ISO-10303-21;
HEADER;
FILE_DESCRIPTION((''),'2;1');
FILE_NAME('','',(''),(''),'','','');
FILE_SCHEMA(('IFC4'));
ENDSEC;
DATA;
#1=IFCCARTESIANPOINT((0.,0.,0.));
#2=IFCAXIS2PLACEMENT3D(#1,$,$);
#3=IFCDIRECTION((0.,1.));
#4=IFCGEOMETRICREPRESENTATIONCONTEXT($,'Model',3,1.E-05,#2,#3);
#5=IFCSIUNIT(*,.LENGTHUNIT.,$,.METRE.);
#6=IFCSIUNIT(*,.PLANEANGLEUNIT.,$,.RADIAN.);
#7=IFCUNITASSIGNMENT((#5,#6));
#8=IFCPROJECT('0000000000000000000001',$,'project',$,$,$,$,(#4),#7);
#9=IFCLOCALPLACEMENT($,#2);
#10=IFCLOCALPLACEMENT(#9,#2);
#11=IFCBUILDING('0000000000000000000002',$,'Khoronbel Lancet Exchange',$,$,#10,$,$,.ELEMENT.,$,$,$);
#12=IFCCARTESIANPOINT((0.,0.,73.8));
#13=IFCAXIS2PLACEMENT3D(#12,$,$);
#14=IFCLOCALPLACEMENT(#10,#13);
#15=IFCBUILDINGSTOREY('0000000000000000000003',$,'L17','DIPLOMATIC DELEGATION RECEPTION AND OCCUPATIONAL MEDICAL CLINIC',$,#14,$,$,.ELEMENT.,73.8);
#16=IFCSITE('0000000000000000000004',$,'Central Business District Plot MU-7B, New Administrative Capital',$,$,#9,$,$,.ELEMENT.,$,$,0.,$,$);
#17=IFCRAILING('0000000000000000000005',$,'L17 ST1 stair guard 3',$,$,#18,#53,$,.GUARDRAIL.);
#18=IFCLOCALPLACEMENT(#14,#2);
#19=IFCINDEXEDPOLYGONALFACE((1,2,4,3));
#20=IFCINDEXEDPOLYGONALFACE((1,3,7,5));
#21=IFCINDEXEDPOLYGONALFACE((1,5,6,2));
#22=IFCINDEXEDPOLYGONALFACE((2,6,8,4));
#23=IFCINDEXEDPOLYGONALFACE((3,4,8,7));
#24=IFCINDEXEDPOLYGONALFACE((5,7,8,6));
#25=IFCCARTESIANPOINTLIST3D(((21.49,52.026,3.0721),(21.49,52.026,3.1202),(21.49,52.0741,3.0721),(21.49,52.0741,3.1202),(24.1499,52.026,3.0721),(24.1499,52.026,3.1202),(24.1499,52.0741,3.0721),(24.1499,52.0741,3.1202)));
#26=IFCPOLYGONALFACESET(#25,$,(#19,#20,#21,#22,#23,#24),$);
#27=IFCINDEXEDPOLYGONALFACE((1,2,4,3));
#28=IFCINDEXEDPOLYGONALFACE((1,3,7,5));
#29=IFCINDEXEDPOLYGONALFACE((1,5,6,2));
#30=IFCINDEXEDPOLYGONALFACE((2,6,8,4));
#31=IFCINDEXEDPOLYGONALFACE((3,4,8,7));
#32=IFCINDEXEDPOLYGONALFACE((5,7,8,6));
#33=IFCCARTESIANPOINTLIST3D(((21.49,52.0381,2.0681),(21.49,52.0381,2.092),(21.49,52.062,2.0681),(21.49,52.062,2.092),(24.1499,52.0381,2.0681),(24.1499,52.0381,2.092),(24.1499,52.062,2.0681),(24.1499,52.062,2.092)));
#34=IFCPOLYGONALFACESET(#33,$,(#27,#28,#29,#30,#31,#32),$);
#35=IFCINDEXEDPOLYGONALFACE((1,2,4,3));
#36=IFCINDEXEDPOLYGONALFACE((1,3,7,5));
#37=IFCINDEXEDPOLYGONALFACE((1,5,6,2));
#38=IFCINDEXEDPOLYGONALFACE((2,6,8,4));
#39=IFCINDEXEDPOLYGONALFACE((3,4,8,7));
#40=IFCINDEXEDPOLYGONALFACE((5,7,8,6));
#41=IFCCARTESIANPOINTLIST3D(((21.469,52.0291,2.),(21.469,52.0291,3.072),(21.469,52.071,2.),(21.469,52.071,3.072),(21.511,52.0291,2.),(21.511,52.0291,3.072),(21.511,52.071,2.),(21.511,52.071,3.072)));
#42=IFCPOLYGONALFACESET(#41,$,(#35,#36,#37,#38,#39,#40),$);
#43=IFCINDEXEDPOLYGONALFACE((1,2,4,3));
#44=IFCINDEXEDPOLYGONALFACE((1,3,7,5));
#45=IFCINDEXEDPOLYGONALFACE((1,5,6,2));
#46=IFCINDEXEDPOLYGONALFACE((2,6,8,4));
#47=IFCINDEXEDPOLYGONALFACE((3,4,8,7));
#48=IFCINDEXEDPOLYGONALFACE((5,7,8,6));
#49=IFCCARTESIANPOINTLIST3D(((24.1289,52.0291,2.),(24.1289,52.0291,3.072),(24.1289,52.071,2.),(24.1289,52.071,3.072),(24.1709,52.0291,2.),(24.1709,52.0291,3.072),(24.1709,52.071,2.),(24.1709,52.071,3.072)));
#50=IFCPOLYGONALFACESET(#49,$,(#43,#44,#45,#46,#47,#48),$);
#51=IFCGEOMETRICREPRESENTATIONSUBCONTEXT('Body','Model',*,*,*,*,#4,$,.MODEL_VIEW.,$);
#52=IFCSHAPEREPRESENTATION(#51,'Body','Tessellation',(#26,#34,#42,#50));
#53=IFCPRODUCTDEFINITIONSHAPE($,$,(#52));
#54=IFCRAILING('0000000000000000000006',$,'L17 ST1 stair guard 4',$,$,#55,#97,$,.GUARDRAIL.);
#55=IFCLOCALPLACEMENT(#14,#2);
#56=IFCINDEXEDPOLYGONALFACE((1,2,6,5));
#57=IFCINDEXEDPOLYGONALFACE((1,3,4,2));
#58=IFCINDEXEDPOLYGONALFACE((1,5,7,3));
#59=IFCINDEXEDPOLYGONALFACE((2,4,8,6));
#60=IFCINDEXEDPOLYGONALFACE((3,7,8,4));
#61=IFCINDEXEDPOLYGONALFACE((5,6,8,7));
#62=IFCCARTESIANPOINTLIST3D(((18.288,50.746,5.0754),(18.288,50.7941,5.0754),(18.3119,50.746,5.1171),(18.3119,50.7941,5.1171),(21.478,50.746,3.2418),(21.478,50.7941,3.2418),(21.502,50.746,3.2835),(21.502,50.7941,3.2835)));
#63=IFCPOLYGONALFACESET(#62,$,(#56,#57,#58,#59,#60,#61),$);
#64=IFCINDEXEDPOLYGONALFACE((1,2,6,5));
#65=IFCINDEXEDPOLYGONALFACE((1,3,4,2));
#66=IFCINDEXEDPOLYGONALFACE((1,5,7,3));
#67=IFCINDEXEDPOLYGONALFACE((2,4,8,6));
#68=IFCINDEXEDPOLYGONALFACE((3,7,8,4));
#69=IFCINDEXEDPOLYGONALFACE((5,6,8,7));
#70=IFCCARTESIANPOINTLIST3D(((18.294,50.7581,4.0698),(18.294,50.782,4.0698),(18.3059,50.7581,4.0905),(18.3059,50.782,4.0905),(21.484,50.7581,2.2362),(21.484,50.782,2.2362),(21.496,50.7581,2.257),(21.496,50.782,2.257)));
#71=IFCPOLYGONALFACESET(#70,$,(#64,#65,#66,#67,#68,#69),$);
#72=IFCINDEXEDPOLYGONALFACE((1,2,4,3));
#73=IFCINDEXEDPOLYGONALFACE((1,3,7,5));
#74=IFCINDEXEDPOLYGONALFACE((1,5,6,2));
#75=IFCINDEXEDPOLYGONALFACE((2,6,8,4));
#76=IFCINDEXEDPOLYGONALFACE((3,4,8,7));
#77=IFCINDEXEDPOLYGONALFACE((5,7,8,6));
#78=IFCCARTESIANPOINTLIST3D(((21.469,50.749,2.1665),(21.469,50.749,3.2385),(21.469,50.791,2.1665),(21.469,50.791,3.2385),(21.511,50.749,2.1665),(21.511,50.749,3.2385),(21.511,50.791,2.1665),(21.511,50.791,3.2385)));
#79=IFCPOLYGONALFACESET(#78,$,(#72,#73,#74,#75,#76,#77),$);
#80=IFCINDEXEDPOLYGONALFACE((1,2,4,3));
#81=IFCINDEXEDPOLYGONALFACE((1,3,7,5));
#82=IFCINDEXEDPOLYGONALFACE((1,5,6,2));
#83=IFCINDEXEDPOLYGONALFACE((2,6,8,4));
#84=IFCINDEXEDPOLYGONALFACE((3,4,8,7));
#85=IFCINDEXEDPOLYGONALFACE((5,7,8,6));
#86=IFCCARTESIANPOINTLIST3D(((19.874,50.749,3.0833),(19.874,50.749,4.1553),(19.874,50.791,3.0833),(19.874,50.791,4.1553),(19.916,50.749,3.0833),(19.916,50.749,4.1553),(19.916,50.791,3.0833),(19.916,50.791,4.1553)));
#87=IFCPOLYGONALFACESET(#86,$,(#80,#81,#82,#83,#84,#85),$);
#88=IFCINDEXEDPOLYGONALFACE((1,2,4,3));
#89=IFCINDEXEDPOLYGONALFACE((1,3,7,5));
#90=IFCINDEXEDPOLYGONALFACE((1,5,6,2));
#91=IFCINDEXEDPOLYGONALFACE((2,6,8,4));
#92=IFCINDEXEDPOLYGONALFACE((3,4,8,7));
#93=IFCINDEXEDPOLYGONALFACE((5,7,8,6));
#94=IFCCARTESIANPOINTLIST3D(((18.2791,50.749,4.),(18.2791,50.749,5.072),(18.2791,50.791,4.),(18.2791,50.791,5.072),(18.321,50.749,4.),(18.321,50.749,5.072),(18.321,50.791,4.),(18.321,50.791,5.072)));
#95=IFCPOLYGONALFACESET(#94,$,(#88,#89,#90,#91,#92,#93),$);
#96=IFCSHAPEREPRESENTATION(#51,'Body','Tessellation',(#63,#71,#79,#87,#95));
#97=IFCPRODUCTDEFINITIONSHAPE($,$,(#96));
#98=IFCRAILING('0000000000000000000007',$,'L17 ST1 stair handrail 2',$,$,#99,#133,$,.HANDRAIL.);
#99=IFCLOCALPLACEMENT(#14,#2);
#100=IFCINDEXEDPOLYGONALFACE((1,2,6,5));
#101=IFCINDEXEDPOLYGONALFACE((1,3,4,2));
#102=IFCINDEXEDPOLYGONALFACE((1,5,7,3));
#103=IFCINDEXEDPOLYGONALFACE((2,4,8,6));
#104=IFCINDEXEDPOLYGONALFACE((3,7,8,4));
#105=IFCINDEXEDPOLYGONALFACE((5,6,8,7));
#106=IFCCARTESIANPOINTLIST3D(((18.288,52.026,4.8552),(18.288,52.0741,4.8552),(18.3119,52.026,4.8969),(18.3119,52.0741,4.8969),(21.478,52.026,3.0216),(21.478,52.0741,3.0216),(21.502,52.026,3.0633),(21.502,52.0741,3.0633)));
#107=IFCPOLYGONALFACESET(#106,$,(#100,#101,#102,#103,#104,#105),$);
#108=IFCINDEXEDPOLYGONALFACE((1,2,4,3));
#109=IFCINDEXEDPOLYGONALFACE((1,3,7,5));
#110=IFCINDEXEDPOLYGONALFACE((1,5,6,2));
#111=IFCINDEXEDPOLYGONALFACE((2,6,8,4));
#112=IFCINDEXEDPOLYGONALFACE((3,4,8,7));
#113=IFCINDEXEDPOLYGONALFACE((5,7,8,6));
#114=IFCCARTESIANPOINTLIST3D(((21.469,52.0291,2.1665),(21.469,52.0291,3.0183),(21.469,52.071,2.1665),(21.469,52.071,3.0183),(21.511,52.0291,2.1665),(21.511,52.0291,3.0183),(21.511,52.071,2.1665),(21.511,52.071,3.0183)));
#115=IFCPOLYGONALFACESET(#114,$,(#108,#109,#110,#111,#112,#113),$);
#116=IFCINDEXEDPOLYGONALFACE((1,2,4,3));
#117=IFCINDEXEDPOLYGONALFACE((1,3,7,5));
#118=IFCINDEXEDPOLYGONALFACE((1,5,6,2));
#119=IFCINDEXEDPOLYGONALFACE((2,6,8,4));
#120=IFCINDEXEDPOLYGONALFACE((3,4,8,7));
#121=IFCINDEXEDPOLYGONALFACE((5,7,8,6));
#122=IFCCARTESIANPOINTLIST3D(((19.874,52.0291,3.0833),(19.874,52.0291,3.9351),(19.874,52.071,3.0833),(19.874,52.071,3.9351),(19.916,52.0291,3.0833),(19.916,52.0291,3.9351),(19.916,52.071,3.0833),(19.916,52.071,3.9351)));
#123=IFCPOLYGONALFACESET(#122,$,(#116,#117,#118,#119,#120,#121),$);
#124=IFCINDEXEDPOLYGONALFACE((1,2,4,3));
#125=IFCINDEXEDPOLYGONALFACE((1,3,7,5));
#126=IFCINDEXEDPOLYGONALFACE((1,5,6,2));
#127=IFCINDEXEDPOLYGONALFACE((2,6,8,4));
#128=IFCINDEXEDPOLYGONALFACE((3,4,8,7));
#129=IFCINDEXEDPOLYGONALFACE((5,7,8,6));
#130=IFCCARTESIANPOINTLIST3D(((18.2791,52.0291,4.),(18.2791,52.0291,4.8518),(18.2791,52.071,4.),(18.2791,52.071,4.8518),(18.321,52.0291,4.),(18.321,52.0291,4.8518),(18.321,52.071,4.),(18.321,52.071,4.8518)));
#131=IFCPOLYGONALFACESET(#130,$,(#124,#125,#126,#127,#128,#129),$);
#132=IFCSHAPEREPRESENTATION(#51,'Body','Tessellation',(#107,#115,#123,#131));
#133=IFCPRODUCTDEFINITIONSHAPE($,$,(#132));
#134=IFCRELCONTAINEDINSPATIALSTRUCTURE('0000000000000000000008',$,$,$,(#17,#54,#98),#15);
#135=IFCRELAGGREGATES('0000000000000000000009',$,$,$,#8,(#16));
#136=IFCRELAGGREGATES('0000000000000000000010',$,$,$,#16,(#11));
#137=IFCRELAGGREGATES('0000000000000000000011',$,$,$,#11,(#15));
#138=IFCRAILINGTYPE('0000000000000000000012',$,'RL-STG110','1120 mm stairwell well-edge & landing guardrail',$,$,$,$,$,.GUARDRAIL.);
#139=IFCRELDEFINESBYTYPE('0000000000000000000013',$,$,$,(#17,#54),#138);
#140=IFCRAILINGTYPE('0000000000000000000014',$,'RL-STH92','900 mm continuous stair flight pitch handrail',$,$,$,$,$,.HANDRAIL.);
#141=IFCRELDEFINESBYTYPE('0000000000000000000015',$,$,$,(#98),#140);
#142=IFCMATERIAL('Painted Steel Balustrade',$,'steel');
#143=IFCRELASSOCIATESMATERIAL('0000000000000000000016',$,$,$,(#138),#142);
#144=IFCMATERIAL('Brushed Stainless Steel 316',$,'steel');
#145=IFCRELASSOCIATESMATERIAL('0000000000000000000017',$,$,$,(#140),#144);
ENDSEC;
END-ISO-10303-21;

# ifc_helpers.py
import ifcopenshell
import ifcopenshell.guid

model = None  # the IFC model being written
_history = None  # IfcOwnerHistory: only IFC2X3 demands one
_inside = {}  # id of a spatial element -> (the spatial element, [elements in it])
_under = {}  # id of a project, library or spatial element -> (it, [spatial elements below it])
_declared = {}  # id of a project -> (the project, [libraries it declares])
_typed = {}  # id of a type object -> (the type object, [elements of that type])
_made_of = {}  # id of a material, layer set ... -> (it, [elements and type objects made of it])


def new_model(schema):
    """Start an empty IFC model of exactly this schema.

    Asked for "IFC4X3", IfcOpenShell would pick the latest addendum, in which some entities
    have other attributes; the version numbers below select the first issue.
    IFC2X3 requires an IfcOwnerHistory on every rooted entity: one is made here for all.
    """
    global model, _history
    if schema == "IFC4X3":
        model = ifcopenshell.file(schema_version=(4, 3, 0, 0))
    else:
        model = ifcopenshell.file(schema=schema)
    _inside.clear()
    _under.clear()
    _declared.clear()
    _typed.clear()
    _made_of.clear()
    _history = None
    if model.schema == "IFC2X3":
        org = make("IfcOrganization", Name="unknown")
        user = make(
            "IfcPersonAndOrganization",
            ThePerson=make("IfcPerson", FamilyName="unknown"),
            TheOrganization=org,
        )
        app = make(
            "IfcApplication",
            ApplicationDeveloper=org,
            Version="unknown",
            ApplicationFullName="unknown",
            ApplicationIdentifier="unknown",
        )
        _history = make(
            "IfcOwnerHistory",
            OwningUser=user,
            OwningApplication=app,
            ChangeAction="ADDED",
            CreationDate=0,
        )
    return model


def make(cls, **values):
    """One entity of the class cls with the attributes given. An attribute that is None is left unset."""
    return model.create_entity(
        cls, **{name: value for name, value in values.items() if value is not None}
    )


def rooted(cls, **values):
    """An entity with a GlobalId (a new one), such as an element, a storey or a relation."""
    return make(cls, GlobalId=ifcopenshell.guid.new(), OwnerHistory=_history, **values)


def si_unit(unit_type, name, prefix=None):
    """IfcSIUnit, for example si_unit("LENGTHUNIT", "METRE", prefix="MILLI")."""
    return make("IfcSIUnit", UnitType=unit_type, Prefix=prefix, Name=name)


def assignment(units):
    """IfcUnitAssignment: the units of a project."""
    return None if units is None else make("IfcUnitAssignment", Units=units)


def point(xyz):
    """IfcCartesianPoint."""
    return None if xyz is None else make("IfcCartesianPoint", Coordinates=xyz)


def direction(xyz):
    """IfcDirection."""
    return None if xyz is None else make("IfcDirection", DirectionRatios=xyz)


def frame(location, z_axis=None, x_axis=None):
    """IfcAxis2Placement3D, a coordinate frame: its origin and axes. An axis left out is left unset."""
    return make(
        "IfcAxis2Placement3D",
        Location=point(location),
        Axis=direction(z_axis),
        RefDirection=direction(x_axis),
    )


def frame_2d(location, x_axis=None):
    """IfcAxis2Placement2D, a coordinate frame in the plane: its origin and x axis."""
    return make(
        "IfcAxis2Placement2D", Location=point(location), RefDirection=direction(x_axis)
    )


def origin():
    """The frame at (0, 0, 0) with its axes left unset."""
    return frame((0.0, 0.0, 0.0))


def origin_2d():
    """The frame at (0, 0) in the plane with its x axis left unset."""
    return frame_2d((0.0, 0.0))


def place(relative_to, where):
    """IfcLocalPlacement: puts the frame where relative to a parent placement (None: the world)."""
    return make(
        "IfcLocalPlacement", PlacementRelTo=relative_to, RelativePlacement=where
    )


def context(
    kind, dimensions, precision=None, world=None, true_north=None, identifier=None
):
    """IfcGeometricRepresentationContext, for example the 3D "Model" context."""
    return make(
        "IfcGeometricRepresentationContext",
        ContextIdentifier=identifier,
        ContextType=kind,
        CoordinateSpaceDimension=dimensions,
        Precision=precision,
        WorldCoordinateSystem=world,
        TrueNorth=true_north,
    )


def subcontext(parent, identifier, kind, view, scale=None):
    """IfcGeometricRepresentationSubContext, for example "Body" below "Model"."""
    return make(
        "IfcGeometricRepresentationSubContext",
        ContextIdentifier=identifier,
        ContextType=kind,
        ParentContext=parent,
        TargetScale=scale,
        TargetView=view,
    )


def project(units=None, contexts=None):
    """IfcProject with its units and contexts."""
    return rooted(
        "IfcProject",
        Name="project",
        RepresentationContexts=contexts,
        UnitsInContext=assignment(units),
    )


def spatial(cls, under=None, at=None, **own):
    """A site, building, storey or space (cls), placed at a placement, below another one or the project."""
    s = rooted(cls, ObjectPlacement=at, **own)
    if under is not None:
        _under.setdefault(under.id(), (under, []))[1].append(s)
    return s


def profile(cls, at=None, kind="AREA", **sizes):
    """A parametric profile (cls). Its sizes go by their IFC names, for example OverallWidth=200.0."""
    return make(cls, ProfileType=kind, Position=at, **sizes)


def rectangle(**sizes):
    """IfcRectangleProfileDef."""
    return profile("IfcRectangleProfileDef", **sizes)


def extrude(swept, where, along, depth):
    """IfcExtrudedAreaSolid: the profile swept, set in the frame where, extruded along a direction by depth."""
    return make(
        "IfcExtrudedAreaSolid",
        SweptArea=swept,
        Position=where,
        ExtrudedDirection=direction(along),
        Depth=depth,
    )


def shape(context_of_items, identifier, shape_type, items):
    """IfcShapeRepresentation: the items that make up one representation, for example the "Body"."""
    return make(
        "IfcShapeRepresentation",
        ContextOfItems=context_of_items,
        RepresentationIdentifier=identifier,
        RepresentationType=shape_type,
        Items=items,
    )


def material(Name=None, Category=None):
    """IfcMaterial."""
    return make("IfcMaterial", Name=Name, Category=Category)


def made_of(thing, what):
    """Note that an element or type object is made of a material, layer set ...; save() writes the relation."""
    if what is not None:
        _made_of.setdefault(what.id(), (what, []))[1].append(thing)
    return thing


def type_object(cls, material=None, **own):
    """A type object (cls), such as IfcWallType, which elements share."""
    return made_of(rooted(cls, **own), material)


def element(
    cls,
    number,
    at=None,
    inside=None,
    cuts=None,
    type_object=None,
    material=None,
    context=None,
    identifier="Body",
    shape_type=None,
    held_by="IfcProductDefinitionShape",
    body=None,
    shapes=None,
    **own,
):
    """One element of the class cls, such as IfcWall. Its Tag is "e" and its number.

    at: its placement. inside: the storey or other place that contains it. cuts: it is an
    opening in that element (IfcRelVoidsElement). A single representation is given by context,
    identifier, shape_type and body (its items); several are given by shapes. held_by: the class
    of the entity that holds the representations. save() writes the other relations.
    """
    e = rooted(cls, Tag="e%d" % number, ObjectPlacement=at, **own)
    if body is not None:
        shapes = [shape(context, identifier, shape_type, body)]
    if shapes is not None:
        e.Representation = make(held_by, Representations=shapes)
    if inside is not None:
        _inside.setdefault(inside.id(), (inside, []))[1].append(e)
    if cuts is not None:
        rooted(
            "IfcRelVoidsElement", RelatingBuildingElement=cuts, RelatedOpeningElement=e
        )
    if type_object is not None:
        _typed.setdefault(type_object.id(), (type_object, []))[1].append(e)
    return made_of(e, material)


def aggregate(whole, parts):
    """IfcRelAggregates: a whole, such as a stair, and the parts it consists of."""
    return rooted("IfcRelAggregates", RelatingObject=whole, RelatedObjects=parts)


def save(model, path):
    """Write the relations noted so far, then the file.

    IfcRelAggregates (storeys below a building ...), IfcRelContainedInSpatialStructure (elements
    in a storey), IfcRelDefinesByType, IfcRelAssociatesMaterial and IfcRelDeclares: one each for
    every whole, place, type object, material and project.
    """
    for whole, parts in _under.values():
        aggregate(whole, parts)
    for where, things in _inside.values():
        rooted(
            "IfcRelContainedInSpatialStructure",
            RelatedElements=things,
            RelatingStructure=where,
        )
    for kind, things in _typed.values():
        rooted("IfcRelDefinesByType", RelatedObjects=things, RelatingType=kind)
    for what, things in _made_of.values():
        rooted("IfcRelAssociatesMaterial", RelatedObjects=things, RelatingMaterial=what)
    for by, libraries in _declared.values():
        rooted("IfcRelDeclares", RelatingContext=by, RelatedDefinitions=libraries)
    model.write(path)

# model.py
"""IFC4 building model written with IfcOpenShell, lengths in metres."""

from ifc_helpers import new_model, si_unit, direction, frame, origin, origin_2d, place, context, subcontext, project, spatial, rectangle, extrude, material, type_object, element, save


model = new_model("IFC4")

# Units and contexts
model_context = context("Model", 3, precision=1e-05, world=origin(), true_north=direction((0.0, 1.0)))
body_context = subcontext(model_context, "Body", "Model", "MODEL_VIEW")
ifc_project = project(units=[si_unit("LENGTHUNIT", "METRE"), si_unit("PLANEANGLEUNIT", "RADIAN")], contexts=[model_context])

# Site, building, storey
site_placement = place(None, origin())
site = spatial("IfcSite", under=ifc_project, at=site_placement, Name="Central Business District Plot MU-7B, New Administrative Capital", CompositionType="ELEMENT", RefElevation=0.0)
building_placement = place(site_placement, origin())
building = spatial("IfcBuilding", under=site, at=building_placement, Name="Khoronbel Lancet Exchange", CompositionType="ELEMENT")
storey_placement = place(building_placement, frame((0.0, 0.0, 73.8)))
storey = spatial("IfcBuildingStorey", under=building, at=storey_placement, Name="L17", Description="DIPLOMATIC DELEGATION RECEPTION AND OCCUPATIONAL MEDICAL CLINIC", CompositionType="ELEMENT", Elevation=73.8)

# Railings
ifc_material_1 = material(Name="Painted Steel Balustrade", Category="steel")
railing_type_1 = type_object("IfcRailingType", Name="RL-STG110", Description="1120 mm stairwell well-edge & landing guardrail", PredefinedType="GUARDRAIL", material=ifc_material_1)
railing_1_placement = place(storey_placement, frame((21.49, 52.05, 2.0)))
element("IfcRailing", 1, at=railing_1_placement, inside=storey, type_object=railing_type_1, Name="L17 ST1 stair guard 3", PredefinedType="GUARDRAIL", context=body_context, shape_type="SweptSolid", body=[
    extrude(rectangle(XDim=0.0481, YDim=0.0481, at=origin_2d()), frame((0.0, 0.0, 1.0962), z_axis=(1.0, 0.0, 0.0), x_axis=(0.0, 1.0, 0.0)), (0.0, 0.0, 1.0), 2.6599),
    extrude(rectangle(XDim=0.0239, YDim=0.0239, at=origin_2d()), frame((0.0, 0.0, 0.0801), z_axis=(1.0, 0.0, 0.0), x_axis=(0.0, 1.0, 0.0)), (0.0, 0.0, 1.0), 2.6599),
    extrude(rectangle(XDim=0.042, YDim=0.042, at=origin_2d()), origin(), (0.0, 0.0, 1.0), 1.072),
    extrude(rectangle(XDim=0.042, YDim=0.042, at=origin_2d()), frame((2.6599, 0.0, 0.0)), (0.0, 0.0, 1.0), 1.072),
])
railing_2_placement = place(storey_placement, frame((21.49, 50.77, 2.1665)))
element("IfcRailing", 2, at=railing_2_placement, inside=storey, type_object=railing_type_1, Name="L17 ST1 stair guard 4", PredefinedType="GUARDRAIL", context=body_context, shape_type="SweptSolid", body=[
    extrude(rectangle(XDim=0.0481, YDim=0.0481, at=origin_2d()), frame((0.0, 0.0, 1.0962), z_axis=(-0.866991, 0.0, 0.498324), x_axis=(0.0, -1.0, 0.0)), (0.0, 0.0, 1.0), 3.6794),
    extrude(rectangle(XDim=0.0239, YDim=0.0239, at=origin_2d()), frame((0.0, 0.0, 0.0801), z_axis=(-0.866991, 0.0, 0.498324), x_axis=(0.0, -1.0, 0.0)), (0.0, 0.0, 1.0), 3.6794),
    extrude(rectangle(XDim=0.042, YDim=0.042, at=origin_2d()), origin(), (0.0, 0.0, 1.0), 1.072),
    extrude(rectangle(XDim=0.042, YDim=0.042, at=origin_2d()), frame((-1.595, 0.0, 0.9167)), (0.0, 0.0, 1.0), 1.072),
    extrude(rectangle(XDim=0.042, YDim=0.042, at=origin_2d()), frame((-3.1899, 0.0, 1.8335)), (0.0, 0.0, 1.0), 1.072),
])
ifc_material_2 = material(Name="Brushed Stainless Steel 316", Category="steel")
railing_type_2 = type_object("IfcRailingType", Name="RL-STH92", Description="900 mm continuous stair flight pitch handrail", PredefinedType="HANDRAIL", material=ifc_material_2)
railing_3_placement = place(storey_placement, frame((21.49, 52.05, 2.1665)))
element("IfcRailing", 3, at=railing_3_placement, inside=storey, type_object=railing_type_2, Name="L17 ST1 stair handrail 2", PredefinedType="HANDRAIL", context=body_context, shape_type="SweptSolid", body=[
    extrude(rectangle(XDim=0.0481, YDim=0.0481, at=origin_2d()), frame((0.0, 0.0, 0.876), z_axis=(-0.866991, 0.0, 0.498324), x_axis=(0.0, -1.0, 0.0)), (0.0, 0.0, 1.0), 3.6794),
    extrude(rectangle(XDim=0.042, YDim=0.042, at=origin_2d()), origin(), (0.0, 0.0, 1.0), 0.8518),
    extrude(rectangle(XDim=0.042, YDim=0.042, at=origin_2d()), frame((-1.595, 0.0, 0.9167)), (0.0, 0.0, 1.0), 0.8518),
    extrude(rectangle(XDim=0.042, YDim=0.042, at=origin_2d()), frame((-3.1899, 0.0, 1.8335)), (0.0, 0.0, 1.0), 0.8518),
])

save(model, "model.ifc")
